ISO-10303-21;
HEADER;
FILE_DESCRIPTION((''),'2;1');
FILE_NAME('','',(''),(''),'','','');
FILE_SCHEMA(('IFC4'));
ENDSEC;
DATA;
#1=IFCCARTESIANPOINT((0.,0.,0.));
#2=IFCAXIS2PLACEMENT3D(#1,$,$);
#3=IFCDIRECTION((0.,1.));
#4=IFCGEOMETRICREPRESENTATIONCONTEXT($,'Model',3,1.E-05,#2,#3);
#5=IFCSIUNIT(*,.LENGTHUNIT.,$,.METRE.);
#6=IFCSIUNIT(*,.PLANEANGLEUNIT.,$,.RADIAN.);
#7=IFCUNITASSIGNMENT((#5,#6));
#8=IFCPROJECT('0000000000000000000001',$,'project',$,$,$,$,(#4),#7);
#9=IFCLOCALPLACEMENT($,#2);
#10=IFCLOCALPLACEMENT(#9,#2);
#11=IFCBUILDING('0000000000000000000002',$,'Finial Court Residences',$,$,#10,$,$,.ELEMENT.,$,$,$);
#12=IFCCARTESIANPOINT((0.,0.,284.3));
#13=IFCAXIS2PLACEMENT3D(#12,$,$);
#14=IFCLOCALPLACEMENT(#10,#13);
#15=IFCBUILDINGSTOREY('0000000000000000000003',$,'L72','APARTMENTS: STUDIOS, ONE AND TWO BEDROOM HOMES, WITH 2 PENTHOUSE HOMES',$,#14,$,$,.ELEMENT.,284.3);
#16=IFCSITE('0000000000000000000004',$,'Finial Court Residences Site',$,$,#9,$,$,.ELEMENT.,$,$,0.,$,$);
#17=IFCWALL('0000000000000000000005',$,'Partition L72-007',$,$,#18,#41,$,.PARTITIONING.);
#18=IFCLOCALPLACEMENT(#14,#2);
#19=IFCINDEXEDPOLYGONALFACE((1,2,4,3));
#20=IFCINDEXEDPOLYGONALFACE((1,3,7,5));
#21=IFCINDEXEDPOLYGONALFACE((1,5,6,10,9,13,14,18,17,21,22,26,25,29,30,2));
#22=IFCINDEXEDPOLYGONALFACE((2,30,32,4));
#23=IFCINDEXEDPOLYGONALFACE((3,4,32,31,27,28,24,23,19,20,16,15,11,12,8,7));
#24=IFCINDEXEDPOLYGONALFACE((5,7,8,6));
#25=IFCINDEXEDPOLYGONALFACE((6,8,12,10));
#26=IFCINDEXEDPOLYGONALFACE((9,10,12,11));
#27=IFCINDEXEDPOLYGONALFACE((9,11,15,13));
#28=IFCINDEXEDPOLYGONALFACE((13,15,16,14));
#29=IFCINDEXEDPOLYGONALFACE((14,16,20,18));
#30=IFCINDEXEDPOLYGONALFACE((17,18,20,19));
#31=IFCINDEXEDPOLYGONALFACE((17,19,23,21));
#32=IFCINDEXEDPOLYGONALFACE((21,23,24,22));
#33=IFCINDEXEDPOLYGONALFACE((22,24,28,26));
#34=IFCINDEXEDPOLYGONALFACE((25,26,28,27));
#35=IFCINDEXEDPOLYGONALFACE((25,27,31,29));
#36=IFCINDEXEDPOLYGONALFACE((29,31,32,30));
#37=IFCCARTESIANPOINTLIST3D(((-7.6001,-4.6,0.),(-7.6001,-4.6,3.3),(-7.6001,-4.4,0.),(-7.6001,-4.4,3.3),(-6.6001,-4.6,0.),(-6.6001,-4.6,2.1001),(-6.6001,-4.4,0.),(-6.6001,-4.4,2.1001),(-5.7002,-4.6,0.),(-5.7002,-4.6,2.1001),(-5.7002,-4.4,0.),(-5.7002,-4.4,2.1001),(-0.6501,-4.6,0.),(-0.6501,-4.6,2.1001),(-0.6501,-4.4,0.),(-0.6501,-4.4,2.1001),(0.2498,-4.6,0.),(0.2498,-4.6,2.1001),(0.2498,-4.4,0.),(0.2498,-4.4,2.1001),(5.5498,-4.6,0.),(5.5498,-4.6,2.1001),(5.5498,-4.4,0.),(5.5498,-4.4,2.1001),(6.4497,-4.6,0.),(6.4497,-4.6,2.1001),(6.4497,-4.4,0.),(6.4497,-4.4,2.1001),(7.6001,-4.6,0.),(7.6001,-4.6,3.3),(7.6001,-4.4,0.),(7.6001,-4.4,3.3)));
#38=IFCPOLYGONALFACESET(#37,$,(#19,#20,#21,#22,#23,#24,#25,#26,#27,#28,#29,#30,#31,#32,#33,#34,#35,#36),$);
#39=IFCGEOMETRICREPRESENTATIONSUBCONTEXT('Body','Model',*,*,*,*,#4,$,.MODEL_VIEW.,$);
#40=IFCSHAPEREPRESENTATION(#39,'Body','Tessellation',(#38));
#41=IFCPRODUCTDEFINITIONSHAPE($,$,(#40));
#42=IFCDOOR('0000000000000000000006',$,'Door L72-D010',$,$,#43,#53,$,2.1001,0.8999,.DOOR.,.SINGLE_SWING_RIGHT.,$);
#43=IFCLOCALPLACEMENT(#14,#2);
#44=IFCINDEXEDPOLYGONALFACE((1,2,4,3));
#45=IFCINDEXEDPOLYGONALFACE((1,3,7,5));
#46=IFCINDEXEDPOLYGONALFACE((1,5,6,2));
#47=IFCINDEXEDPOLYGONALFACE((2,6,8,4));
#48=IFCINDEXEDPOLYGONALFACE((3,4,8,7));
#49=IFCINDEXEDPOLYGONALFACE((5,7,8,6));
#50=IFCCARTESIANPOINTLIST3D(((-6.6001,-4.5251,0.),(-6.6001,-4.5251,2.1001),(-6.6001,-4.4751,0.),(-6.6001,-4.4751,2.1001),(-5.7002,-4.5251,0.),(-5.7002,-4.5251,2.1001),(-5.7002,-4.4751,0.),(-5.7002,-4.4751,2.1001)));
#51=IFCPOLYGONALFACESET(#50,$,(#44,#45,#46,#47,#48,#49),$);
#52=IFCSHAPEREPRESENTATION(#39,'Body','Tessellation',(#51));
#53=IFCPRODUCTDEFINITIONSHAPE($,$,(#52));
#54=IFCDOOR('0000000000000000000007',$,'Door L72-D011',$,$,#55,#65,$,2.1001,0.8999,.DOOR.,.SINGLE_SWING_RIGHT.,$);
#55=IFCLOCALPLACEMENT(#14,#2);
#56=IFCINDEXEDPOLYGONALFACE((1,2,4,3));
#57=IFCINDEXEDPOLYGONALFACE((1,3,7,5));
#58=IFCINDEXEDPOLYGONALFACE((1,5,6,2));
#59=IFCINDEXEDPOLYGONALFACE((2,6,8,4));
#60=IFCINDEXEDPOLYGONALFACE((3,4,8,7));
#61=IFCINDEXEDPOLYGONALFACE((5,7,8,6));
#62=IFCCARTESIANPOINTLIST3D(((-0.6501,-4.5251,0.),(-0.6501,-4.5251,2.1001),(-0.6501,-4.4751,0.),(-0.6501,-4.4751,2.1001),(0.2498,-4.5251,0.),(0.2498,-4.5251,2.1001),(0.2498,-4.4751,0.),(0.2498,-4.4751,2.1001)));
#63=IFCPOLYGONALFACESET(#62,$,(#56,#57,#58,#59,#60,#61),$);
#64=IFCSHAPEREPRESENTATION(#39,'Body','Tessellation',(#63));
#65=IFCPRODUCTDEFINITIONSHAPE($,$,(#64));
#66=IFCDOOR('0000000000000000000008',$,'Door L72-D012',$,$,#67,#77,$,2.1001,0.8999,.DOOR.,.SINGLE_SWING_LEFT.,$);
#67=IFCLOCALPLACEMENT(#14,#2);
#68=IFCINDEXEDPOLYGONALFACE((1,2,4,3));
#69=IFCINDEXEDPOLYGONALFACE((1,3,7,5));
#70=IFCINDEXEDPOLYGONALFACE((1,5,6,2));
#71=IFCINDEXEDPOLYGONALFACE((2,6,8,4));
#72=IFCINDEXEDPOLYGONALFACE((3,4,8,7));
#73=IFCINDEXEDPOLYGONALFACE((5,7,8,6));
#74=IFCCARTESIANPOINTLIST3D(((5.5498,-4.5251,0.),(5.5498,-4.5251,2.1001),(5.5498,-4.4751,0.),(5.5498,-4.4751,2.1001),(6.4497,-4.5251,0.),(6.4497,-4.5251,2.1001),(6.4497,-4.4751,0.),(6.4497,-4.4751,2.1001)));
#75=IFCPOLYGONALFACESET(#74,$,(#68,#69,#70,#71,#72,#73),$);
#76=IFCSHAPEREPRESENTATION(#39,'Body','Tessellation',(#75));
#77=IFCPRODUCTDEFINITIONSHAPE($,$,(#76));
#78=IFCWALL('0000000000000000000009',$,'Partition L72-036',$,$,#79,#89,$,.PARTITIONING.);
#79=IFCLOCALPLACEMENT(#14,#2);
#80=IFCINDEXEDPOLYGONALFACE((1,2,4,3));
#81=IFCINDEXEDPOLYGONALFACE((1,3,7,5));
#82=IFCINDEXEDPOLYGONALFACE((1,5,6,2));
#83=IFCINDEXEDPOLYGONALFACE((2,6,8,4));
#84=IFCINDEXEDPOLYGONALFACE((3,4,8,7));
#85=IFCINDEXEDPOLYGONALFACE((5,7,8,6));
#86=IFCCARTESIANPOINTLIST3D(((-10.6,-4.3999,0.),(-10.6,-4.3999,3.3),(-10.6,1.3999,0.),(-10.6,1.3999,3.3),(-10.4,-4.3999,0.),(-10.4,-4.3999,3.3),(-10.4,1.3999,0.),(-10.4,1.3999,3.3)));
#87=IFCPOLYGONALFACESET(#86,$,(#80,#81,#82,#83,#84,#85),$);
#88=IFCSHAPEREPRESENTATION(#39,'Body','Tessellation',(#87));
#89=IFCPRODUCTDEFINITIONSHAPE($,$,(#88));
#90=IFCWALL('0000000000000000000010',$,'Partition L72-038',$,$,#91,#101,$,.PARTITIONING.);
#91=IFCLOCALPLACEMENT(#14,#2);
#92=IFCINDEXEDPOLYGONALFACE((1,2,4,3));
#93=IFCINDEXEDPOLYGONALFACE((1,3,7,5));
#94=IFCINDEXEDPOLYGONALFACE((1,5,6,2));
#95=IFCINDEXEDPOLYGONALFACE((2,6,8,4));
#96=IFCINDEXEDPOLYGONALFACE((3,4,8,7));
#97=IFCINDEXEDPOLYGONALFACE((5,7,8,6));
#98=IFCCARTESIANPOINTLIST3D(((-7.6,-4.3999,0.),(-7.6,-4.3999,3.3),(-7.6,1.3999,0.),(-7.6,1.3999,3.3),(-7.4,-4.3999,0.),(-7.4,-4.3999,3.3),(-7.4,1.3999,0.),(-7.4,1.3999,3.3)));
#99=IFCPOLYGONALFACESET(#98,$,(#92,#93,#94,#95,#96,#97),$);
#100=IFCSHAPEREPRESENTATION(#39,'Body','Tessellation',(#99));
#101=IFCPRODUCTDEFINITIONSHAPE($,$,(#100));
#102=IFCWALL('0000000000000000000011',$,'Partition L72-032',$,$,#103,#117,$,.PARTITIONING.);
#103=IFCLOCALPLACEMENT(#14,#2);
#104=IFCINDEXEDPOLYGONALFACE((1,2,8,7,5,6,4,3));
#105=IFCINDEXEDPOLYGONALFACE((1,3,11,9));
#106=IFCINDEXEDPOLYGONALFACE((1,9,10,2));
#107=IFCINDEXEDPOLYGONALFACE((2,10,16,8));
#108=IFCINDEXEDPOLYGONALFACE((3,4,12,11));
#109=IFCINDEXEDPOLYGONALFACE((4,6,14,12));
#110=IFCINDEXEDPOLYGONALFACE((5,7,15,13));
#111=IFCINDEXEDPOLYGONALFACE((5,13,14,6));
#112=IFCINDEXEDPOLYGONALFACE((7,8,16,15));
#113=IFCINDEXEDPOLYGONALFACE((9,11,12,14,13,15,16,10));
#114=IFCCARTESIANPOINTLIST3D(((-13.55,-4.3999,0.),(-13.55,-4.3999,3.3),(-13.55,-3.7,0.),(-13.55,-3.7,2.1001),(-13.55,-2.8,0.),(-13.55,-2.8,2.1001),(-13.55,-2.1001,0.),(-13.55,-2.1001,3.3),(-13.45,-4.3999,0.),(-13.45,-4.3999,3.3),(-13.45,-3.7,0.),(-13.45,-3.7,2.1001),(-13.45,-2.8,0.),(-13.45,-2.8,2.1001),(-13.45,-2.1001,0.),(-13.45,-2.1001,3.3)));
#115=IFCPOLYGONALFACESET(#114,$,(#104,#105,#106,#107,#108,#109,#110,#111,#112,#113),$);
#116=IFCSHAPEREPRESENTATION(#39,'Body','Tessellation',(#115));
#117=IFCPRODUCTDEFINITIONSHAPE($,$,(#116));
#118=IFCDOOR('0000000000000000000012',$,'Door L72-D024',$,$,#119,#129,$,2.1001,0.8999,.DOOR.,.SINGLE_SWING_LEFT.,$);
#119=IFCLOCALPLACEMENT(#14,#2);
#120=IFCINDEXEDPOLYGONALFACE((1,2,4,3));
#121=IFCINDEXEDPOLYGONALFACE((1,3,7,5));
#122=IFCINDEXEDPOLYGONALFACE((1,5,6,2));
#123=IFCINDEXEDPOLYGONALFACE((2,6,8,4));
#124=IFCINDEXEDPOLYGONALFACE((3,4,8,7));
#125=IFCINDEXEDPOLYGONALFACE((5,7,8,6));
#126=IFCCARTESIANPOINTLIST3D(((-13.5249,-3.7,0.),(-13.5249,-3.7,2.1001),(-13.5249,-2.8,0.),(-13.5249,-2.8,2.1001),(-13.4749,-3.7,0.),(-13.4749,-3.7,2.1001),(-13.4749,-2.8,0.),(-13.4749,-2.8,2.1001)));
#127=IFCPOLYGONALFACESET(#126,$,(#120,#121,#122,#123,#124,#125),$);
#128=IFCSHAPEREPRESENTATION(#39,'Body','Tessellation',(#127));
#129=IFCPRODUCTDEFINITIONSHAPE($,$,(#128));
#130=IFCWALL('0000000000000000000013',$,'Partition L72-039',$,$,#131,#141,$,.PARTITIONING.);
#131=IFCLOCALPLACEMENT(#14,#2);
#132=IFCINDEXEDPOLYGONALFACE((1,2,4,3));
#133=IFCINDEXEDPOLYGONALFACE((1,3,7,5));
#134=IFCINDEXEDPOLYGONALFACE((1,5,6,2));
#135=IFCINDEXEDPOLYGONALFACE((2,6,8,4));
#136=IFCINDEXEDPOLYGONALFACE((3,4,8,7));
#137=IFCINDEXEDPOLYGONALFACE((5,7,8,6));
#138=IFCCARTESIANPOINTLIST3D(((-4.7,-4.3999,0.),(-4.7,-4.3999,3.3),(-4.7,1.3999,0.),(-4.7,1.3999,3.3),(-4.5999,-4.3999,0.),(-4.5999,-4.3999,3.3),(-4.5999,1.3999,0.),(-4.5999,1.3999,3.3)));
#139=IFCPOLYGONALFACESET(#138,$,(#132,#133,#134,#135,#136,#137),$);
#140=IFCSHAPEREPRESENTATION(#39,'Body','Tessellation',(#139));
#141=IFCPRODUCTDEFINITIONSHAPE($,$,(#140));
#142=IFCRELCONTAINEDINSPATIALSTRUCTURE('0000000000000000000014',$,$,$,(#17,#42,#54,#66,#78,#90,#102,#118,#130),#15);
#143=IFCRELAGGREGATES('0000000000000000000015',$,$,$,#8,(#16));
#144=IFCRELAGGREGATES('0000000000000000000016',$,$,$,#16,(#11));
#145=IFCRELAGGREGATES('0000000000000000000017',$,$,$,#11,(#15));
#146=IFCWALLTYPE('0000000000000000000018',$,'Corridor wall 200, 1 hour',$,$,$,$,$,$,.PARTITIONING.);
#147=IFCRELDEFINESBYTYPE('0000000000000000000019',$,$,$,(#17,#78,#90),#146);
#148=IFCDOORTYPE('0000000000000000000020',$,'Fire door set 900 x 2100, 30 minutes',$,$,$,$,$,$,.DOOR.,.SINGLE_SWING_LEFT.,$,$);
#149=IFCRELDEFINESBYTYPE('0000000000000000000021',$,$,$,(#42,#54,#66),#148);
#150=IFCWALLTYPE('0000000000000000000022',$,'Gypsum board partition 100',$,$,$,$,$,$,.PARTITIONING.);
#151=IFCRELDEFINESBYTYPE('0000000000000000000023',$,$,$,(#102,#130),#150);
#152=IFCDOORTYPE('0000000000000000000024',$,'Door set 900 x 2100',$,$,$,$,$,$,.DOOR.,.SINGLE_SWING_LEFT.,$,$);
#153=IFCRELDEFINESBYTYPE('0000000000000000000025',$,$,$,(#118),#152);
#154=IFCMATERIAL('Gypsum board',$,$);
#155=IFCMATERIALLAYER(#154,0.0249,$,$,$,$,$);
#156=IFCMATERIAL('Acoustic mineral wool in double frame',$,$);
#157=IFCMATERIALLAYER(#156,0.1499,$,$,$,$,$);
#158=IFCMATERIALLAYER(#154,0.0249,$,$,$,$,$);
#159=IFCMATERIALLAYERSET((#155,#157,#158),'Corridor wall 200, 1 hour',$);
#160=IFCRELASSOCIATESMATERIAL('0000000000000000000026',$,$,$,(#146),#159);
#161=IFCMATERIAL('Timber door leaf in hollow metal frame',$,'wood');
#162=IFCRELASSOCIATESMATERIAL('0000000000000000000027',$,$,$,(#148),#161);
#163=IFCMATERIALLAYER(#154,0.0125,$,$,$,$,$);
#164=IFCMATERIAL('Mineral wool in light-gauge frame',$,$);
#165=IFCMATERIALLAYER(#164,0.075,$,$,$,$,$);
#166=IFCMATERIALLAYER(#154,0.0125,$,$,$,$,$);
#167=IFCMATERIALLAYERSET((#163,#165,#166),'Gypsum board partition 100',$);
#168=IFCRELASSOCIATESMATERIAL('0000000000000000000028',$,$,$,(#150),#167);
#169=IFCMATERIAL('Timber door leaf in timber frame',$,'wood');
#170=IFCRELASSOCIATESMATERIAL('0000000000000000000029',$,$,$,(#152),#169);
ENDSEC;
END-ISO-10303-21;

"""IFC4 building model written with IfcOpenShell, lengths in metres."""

from ifc_helpers import new_model, si_unit, direction, frame, frame_2d, origin, place, context, subcontext, project, spatial, rectangle, extrude, material, layer, layer_set, type_object, element, fill, save


model = new_model("IFC4")

# Units and contexts
model_context = context("Model", 3, precision=1e-05, world=origin(), true_north=direction((0.0, 1.0)))
body_context = subcontext(model_context, "Body", "Model", "MODEL_VIEW")
ifc_project = project(units=[si_unit("LENGTHUNIT", "METRE"), si_unit("PLANEANGLEUNIT", "RADIAN")], contexts=[model_context])

# Site, building, storey
site_placement = place(None, origin())
site = spatial("IfcSite", under=ifc_project, at=site_placement, Name="Finial Court Residences Site", CompositionType="ELEMENT", RefElevation=0.0)
building_placement = place(site_placement, origin())
building = spatial("IfcBuilding", under=site, at=building_placement, Name="Finial Court Residences", CompositionType="ELEMENT")
storey_placement = place(building_placement, frame((0.0, 0.0, 284.3)))
storey = spatial("IfcBuildingStorey", under=building, at=storey_placement, Name="L72", Description="APARTMENTS: STUDIOS, ONE AND TWO BEDROOM HOMES, WITH 2 PENTHOUSE HOMES", CompositionType="ELEMENT", Elevation=284.3)

# Wall, openings, doors
ifc_material_1 = material(Name="Gypsum board")
ifc_layer_1 = layer(ifc_material_1, 0.0249)
ifc_material_2 = material(Name="Acoustic mineral wool in double frame")
ifc_layer_2 = layer(ifc_material_2, 0.1499)
ifc_layer_3 = layer(ifc_material_1, 0.0249)
ifc_layer_set_1 = layer_set([ifc_layer_1, ifc_layer_2, ifc_layer_3], Name="Corridor wall 200, 1 hour")
wall_type_1 = type_object("IfcWallType", Name="Corridor wall 200, 1 hour", PredefinedType="PARTITIONING", material=ifc_layer_set_1)
wall_1_placement = place(storey_placement, frame((-7.6001, -4.5, 0.0), z_axis=(0.0, 0.0, 1.0), x_axis=(1.0, 0.0, 0.0)))
wall_1 = element("IfcWall", 1, at=wall_1_placement, inside=storey, type_object=wall_type_1, Name="Partition L72-007", PredefinedType="PARTITIONING", context=body_context, shape_type="SweptSolid", body=[
    extrude(rectangle(XDim=15.2002, YDim=0.2, at=frame_2d((7.6001, 0.0))), origin(), (0.0, 0.0, 1.0), 3.3),
])
opening_1_placement = place(wall_1_placement, frame((1.0, 0.0, 0.0)))
opening_1 = element("IfcOpeningElement", 2, at=opening_1_placement, cuts=wall_1, PredefinedType="OPENING", context=body_context, shape_type="SweptSolid", body=[
    extrude(rectangle(XDim=0.8999, YDim=2.1001, at=frame_2d((0.45, 1.05))), frame((0.0, 0.1099, 0.0), z_axis=(0.0, -1.0, 0.0), x_axis=(1.0, 0.0, 0.0)), (0.0, 0.0, 1.0), 0.22),
])
opening_2_placement = place(wall_1_placement, frame((6.95, 0.0, 0.0)))
opening_2 = element("IfcOpeningElement", 3, at=opening_2_placement, cuts=wall_1, PredefinedType="OPENING", context=body_context, shape_type="SweptSolid", body=[
    extrude(rectangle(XDim=0.8999, YDim=2.1001, at=frame_2d((0.45, 1.05))), frame((0.0, 0.1099, 0.0), z_axis=(0.0, -1.0, 0.0), x_axis=(1.0, 0.0, 0.0)), (0.0, 0.0, 1.0), 0.22),
])
opening_3_placement = place(wall_1_placement, frame((13.1499, 0.0, 0.0)))
opening_3 = element("IfcOpeningElement", 4, at=opening_3_placement, cuts=wall_1, PredefinedType="OPENING", context=body_context, shape_type="SweptSolid", body=[
    extrude(rectangle(XDim=0.8999, YDim=2.1001, at=frame_2d((0.45, 1.05))), frame((0.0, 0.1099, 0.0), z_axis=(0.0, -1.0, 0.0), x_axis=(1.0, 0.0, 0.0)), (0.0, 0.0, 1.0), 0.22),
])
ifc_material_3 = material(Name="Timber door leaf in hollow metal frame", Category="wood")
door_type_1 = type_object("IfcDoorType", Name="Fire door set 900 x 2100, 30 minutes", OperationType="SINGLE_SWING_LEFT", PredefinedType="DOOR", material=ifc_material_3)
door_1_placement = place(opening_1_placement, origin())
door_1 = element("IfcDoor", 5, at=door_1_placement, inside=storey, type_object=door_type_1, Name="Door L72-D010", OperationType="SINGLE_SWING_RIGHT", OverallHeight=2.1001, OverallWidth=0.8999, PredefinedType="DOOR", context=body_context, shape_type="SweptSolid", body=[
    extrude(rectangle(XDim=0.8999, YDim=2.1001, at=frame_2d((0.45, 1.05))), frame((0.0, 0.0249, 0.0), z_axis=(0.0, -1.0, 0.0), x_axis=(1.0, 0.0, 0.0)), (0.0, 0.0, 1.0), 0.05),
])
fill(opening_1, door_1)
door_2_placement = place(opening_2_placement, origin())
door_2 = element("IfcDoor", 6, at=door_2_placement, inside=storey, type_object=door_type_1, Name="Door L72-D011", OperationType="SINGLE_SWING_RIGHT", OverallHeight=2.1001, OverallWidth=0.8999, PredefinedType="DOOR", context=body_context, shape_type="SweptSolid", body=[
    extrude(rectangle(XDim=0.8999, YDim=2.1001, at=frame_2d((0.45, 1.05))), frame((0.0, 0.0249, 0.0), z_axis=(0.0, -1.0, 0.0), x_axis=(1.0, 0.0, 0.0)), (0.0, 0.0, 1.0), 0.05),
])
fill(opening_2, door_2)
door_3_placement = place(opening_3_placement, origin())
door_3 = element("IfcDoor", 7, at=door_3_placement, inside=storey, type_object=door_type_1, Name="Door L72-D012", OperationType="SINGLE_SWING_LEFT", OverallHeight=2.1001, OverallWidth=0.8999, PredefinedType="DOOR", context=body_context, shape_type="SweptSolid", body=[
    extrude(rectangle(XDim=0.8999, YDim=2.1001, at=frame_2d((0.45, 1.05))), frame((0.0, 0.0249, 0.0), z_axis=(0.0, -1.0, 0.0), x_axis=(1.0, 0.0, 0.0)), (0.0, 0.0, 1.0), 0.05),
])
fill(opening_3, door_3)

# Walls
for number, where, z_axis, x_axis, name in (
    (8, (-10.5, -4.3999, 0.0), (0.0, 0.0, 1.0), (0.0, 1.0, 0.0), "Partition L72-036"),
    (9, (-7.5, -4.3999, 0.0), (0.0, 0.0, 1.0), (0.0, 1.0, 0.0), "Partition L72-038"),
):
    element("IfcWall", number, at=place(storey_placement, frame(where, z_axis=z_axis, x_axis=x_axis)), inside=storey, type_object=wall_type_1, Name=name, PredefinedType="PARTITIONING", context=body_context, shape_type="SweptSolid", body=[
        extrude(rectangle(XDim=5.7998, YDim=0.2, at=frame_2d((2.8999, 0.0))), origin(), (0.0, 0.0, 1.0), 3.3),
    ])

# Wall, opening, door
ifc_layer_4 = layer(ifc_material_1, 0.0125)
ifc_material_4 = material(Name="Mineral wool in light-gauge frame")
ifc_layer_5 = layer(ifc_material_4, 0.075)
ifc_layer_6 = layer(ifc_material_1, 0.0125)
ifc_layer_set_2 = layer_set([ifc_layer_4, ifc_layer_5, ifc_layer_6], Name="Gypsum board partition 100")
wall_type_2 = type_object("IfcWallType", Name="Gypsum board partition 100", PredefinedType="PARTITIONING", material=ifc_layer_set_2)
wall_2_placement = place(storey_placement, frame((-13.5, -4.3999, 0.0), z_axis=(0.0, 0.0, 1.0), x_axis=(0.0, 1.0, 0.0)))
wall_2 = element("IfcWall", 10, at=wall_2_placement, inside=storey, type_object=wall_type_2, Name="Partition L72-032", PredefinedType="PARTITIONING", context=body_context, shape_type="SweptSolid", body=[
    extrude(rectangle(XDim=2.2998, YDim=0.1001, at=frame_2d((1.1499, 0.0))), origin(), (0.0, 0.0, 1.0), 3.3),
])
opening_4_placement = place(wall_2_placement, frame((0.7, 0.0, 0.0)))
opening_4 = element("IfcOpeningElement", 11, at=opening_4_placement, cuts=wall_2, PredefinedType="OPENING", context=body_context, shape_type="SweptSolid", body=[
    extrude(rectangle(XDim=0.8999, YDim=2.1001, at=frame_2d((0.45, 1.05))), frame((0.0, 0.0601, 0.0), z_axis=(0.0, -1.0, 0.0), x_axis=(1.0, 0.0, 0.0)), (0.0, 0.0, 1.0), 0.1201),
])
ifc_material_5 = material(Name="Timber door leaf in timber frame", Category="wood")
door_type_2 = type_object("IfcDoorType", Name="Door set 900 x 2100", OperationType="SINGLE_SWING_LEFT", PredefinedType="DOOR", material=ifc_material_5)
door_4_placement = place(opening_4_placement, origin())
door_4 = element("IfcDoor", 12, at=door_4_placement, inside=storey, type_object=door_type_2, Name="Door L72-D024", OperationType="SINGLE_SWING_LEFT", OverallHeight=2.1001, OverallWidth=0.8999, PredefinedType="DOOR", context=body_context, shape_type="SweptSolid", body=[
    extrude(rectangle(XDim=0.8999, YDim=2.1001, at=frame_2d((0.45, 1.05))), frame((0.0, 0.0249, 0.0), z_axis=(0.0, -1.0, 0.0), x_axis=(1.0, 0.0, 0.0)), (0.0, 0.0, 1.0), 0.05),
])
fill(opening_4, door_4)

# Wall
wall_3_placement = place(storey_placement, frame((-4.6499, -4.3999, 0.0), z_axis=(0.0, 0.0, 1.0), x_axis=(0.0, 1.0, 0.0)))
element("IfcWall", 13, at=wall_3_placement, inside=storey, type_object=wall_type_2, Name="Partition L72-039", PredefinedType="PARTITIONING", context=body_context, shape_type="SweptSolid", body=[
    extrude(rectangle(XDim=5.7998, YDim=0.1001, at=frame_2d((2.8999, 0.0))), origin(), (0.0, 0.0, 1.0), 3.3),
])

save(model, "model.ifc")
